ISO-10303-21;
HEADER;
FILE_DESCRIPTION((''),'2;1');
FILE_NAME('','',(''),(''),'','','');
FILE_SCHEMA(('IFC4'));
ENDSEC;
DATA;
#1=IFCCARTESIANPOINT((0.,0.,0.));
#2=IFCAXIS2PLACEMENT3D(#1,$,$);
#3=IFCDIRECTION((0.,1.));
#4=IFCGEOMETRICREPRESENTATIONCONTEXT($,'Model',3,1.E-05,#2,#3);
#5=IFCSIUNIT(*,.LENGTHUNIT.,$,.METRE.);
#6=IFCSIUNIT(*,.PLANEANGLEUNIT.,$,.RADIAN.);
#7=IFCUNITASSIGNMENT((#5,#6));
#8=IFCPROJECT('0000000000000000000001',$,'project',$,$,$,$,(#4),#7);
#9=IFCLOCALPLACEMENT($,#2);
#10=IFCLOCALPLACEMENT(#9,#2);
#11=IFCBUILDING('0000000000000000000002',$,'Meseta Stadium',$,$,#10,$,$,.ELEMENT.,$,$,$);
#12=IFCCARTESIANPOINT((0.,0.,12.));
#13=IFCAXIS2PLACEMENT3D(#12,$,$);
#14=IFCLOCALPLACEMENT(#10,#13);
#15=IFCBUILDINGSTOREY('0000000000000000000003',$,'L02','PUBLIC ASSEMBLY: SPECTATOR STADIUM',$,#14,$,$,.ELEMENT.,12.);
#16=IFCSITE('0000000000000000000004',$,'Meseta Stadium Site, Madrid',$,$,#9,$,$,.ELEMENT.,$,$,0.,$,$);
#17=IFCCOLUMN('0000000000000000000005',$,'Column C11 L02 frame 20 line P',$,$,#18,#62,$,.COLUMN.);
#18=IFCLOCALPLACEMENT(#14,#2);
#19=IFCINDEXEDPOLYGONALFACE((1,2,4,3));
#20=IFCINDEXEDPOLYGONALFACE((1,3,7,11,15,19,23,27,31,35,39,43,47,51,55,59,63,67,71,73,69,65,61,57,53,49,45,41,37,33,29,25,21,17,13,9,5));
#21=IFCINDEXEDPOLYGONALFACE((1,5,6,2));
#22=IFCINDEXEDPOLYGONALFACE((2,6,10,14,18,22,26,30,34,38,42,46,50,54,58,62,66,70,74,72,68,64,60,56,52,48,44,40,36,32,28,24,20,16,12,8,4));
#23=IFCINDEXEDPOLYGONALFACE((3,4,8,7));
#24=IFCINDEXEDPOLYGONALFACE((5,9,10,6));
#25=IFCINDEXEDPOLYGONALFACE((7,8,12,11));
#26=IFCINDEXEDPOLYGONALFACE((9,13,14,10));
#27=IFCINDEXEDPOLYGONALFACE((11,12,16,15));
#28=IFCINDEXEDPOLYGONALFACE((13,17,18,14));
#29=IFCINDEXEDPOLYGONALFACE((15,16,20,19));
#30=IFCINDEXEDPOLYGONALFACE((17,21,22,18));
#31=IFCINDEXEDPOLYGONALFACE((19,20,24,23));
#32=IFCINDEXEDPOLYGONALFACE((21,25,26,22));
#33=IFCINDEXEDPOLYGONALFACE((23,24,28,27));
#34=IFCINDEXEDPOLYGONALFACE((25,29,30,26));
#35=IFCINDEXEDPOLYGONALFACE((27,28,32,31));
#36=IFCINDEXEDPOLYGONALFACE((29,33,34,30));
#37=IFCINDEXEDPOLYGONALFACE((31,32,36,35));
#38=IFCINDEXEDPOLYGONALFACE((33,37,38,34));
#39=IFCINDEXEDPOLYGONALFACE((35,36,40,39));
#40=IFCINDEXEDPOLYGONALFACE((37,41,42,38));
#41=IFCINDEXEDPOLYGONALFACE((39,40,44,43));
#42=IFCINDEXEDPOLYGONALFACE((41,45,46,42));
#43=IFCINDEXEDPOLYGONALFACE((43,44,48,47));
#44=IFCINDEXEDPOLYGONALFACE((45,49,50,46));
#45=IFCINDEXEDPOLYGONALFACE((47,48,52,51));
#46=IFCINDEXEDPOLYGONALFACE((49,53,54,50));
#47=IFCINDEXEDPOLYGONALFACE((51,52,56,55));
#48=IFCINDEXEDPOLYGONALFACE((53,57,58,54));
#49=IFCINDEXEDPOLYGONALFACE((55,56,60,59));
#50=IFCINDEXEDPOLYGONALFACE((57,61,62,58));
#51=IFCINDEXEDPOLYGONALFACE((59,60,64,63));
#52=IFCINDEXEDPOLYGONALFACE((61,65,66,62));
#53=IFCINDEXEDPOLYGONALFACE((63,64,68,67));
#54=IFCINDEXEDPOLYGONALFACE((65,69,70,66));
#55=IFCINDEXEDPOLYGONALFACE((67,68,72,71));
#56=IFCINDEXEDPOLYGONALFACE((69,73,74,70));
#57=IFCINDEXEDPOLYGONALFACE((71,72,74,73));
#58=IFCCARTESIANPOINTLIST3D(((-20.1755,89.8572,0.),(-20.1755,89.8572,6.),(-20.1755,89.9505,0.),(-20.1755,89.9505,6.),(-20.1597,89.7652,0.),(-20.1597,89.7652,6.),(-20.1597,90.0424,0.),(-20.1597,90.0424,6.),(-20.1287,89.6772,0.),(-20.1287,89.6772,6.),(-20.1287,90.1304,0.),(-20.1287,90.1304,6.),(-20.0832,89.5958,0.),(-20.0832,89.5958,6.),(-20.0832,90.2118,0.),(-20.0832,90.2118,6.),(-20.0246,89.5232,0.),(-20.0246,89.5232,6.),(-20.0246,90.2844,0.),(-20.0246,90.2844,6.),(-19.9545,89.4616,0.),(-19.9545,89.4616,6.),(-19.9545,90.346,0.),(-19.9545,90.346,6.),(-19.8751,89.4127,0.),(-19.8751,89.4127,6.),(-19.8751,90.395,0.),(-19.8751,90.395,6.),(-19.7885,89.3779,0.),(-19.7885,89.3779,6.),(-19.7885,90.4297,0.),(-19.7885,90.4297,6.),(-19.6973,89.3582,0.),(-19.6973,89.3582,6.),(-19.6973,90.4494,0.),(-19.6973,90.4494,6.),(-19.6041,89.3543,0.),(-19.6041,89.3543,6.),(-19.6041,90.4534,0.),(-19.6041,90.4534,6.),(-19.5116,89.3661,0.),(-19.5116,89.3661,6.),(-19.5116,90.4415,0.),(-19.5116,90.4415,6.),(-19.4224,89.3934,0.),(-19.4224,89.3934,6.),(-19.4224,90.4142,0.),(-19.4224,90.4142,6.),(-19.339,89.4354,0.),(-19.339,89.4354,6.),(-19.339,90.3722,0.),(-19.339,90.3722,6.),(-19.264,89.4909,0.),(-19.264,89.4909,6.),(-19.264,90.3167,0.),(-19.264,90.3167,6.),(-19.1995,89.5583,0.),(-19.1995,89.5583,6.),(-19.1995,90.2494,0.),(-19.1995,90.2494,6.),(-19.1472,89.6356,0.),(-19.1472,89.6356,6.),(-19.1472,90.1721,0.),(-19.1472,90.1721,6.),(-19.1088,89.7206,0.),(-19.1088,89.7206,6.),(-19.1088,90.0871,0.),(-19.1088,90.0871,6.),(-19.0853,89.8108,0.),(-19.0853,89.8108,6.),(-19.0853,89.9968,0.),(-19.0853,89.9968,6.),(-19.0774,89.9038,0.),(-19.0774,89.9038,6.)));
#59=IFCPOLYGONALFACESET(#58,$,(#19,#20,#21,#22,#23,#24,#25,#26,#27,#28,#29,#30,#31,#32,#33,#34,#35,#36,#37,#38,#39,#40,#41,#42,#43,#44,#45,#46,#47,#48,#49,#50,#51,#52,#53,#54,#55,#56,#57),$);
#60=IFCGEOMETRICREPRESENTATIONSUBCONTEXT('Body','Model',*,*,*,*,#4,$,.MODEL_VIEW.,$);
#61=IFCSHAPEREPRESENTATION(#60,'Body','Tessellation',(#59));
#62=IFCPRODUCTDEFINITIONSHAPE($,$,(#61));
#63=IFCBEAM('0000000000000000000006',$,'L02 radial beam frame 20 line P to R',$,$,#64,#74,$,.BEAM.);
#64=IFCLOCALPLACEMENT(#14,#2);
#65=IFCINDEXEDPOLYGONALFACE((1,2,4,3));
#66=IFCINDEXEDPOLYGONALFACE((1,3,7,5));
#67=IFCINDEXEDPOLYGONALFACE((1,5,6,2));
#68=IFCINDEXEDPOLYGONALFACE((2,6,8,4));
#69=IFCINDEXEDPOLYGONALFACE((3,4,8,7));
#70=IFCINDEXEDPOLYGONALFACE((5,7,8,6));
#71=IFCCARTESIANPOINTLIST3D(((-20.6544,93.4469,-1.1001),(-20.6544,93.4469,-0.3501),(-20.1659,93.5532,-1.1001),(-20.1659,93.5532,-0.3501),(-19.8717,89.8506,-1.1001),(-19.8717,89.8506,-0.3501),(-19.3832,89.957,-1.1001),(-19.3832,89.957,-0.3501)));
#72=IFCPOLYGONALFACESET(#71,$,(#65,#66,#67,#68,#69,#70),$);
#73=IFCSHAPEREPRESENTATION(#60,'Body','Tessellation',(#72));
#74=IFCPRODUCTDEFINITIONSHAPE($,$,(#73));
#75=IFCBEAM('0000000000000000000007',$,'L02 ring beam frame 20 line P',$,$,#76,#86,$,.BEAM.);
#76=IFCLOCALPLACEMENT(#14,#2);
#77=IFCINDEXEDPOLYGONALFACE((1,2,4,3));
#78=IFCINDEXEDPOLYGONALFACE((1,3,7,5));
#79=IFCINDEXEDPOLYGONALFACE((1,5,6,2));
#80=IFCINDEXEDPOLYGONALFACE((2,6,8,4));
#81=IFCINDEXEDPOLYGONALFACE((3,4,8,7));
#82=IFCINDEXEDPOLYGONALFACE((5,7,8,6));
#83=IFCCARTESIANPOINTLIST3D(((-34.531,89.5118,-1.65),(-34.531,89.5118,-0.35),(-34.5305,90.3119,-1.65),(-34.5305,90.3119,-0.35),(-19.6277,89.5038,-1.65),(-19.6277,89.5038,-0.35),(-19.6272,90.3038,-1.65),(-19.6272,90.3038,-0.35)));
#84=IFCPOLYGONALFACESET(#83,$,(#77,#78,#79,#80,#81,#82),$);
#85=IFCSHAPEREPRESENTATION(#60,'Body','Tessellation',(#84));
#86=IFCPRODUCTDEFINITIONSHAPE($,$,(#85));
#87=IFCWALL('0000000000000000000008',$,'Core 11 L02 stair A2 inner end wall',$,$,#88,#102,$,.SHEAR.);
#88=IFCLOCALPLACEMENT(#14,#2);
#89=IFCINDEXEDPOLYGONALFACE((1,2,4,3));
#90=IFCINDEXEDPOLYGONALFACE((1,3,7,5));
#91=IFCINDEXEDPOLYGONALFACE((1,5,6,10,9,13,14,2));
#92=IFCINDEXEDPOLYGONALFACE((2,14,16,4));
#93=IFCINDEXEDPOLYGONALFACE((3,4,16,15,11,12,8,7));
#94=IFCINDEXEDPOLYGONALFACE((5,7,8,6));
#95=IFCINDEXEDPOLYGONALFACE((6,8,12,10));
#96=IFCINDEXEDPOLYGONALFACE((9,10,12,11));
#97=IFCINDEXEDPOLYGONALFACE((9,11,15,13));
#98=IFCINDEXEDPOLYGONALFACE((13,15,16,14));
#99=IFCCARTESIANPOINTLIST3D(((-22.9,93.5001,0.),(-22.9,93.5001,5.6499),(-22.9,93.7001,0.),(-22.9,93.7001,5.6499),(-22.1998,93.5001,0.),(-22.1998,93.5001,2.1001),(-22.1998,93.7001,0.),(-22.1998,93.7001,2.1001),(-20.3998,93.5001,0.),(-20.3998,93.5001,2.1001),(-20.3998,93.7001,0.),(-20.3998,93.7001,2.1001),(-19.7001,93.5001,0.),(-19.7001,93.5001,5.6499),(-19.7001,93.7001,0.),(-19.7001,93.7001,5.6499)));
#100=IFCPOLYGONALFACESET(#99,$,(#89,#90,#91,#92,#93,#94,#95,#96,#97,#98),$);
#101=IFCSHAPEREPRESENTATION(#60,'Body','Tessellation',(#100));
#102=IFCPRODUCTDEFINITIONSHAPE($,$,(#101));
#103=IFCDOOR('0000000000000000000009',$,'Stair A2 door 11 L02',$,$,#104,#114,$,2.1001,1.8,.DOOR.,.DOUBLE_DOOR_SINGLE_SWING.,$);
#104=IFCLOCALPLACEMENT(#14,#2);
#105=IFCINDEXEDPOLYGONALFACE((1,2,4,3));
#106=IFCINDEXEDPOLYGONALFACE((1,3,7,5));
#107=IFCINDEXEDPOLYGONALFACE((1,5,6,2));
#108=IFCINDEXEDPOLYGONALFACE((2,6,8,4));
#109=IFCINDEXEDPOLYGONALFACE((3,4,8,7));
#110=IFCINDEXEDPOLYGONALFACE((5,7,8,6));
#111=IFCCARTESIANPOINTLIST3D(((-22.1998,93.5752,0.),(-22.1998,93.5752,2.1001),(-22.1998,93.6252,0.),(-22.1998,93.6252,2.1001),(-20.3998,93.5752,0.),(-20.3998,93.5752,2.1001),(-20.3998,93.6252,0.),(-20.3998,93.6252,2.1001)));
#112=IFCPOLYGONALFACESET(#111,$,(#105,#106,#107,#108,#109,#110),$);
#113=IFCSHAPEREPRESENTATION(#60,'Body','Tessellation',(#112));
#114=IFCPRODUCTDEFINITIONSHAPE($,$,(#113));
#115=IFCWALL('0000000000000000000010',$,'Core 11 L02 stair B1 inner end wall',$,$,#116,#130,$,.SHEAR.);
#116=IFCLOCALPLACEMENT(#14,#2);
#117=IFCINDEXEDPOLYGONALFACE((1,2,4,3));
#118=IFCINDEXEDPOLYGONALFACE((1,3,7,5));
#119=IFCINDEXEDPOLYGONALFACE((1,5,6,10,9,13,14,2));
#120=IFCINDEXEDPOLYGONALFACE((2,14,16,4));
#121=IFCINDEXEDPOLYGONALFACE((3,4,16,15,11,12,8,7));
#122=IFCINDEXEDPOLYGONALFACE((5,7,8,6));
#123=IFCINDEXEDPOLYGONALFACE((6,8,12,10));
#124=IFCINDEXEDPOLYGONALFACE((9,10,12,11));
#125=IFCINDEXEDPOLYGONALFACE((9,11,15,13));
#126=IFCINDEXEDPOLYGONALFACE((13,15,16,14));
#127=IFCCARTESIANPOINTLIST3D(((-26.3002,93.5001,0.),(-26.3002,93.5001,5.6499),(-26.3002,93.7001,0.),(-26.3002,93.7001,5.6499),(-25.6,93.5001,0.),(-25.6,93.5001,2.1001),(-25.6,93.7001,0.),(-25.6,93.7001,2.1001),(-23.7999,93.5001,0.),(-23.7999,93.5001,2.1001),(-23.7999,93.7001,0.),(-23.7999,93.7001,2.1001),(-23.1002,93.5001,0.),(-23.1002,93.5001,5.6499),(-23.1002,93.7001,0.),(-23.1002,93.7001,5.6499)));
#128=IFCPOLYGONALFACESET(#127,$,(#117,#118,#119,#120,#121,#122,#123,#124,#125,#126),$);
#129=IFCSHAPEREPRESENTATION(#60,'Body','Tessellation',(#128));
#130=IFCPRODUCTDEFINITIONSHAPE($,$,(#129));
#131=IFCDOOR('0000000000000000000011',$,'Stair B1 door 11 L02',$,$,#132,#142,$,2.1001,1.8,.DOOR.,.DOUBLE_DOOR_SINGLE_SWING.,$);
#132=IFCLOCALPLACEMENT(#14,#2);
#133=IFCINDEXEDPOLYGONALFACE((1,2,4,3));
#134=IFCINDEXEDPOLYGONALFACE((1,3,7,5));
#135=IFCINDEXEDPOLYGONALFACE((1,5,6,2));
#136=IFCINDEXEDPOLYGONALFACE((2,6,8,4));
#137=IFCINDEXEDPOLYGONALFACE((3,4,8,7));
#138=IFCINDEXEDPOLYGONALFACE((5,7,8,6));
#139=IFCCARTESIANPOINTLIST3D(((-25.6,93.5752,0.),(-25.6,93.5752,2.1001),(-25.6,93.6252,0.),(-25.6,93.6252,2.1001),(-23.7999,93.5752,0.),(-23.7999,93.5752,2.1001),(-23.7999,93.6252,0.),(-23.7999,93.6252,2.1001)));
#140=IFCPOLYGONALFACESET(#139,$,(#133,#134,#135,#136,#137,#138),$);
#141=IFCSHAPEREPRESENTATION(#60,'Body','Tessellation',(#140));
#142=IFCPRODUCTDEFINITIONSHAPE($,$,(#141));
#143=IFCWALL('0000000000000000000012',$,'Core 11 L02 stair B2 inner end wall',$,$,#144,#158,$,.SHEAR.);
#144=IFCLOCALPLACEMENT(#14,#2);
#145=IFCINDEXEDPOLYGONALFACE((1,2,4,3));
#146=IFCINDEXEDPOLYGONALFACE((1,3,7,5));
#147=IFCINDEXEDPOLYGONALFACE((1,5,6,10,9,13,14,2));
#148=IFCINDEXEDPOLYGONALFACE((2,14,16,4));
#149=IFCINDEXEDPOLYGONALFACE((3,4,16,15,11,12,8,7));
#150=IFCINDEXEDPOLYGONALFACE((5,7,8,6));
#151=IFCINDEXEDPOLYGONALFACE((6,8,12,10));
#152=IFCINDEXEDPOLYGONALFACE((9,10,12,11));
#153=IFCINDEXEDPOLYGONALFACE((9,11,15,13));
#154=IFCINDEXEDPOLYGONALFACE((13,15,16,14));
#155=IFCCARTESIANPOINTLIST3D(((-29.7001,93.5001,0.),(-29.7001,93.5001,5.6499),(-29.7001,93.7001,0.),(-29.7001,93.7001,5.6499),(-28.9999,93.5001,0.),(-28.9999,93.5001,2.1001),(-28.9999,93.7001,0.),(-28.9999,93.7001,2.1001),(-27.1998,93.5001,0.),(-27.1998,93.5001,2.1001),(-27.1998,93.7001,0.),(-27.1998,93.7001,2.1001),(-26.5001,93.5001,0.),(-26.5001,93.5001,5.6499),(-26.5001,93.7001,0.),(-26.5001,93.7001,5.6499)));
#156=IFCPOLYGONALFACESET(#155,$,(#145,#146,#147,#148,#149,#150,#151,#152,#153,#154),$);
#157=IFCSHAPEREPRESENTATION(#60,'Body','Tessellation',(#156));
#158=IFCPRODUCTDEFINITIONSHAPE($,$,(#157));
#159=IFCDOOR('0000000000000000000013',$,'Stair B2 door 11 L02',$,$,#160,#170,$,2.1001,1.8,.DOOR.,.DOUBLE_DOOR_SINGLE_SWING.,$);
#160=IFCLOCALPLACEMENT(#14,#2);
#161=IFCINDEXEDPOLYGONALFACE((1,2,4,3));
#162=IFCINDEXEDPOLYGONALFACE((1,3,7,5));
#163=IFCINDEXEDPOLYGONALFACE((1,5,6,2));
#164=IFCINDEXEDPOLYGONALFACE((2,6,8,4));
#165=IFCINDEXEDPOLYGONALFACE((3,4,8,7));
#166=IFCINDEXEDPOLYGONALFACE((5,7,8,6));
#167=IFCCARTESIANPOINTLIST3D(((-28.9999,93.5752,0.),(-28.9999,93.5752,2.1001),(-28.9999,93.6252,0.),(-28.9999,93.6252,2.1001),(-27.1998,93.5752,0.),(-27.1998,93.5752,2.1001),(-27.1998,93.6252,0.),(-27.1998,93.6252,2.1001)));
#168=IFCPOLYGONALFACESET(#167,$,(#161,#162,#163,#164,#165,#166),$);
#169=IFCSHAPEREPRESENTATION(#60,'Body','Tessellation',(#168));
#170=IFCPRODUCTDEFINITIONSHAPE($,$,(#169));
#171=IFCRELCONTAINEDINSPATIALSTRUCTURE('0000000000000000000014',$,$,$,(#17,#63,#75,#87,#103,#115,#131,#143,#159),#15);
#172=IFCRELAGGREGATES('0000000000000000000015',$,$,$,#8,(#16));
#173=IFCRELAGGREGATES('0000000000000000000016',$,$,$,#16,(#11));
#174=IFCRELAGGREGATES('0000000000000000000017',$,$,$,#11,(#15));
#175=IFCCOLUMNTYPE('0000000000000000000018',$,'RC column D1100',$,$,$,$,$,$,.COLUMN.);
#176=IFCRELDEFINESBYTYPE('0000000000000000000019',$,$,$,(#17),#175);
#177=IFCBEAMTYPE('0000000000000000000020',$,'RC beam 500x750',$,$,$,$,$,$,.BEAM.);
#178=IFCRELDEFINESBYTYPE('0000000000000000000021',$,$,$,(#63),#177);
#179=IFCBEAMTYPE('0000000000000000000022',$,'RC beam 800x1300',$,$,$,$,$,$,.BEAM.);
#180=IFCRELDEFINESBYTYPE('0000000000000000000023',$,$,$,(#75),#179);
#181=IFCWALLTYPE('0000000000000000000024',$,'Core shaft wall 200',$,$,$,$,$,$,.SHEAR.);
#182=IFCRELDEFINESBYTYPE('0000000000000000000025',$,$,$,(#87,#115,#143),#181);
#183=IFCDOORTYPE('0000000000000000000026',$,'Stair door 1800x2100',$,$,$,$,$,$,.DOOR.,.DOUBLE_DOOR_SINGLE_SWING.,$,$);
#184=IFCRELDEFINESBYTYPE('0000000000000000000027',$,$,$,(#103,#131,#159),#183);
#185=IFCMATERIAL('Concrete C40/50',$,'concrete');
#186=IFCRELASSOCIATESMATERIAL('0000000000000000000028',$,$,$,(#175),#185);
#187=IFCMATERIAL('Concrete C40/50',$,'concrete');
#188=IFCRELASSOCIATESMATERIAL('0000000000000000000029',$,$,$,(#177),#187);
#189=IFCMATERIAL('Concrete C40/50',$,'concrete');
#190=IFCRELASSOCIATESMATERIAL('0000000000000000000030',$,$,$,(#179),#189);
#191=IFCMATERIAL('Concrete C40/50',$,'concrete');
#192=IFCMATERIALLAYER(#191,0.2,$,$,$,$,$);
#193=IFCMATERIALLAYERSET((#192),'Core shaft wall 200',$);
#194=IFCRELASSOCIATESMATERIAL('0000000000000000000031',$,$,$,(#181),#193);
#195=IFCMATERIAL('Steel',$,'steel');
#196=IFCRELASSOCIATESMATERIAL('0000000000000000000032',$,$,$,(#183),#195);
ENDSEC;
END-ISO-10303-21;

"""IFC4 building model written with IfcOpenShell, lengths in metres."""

from ifc_helpers import new_model, si_unit, direction, frame, frame_2d, origin, origin_2d, place, context, subcontext, project, spatial, rectangle, circle, extrude, material, layer, layer_set, material_profile, profile_set, type_object, element, fill, save


model = new_model("IFC4")

# Units and contexts
model_context = context("Model", 3, precision=1e-05, world=origin(), true_north=direction((0.0, 1.0)))
body_context = subcontext(model_context, "Body", "Model", "MODEL_VIEW")
ifc_project = project(units=[si_unit("LENGTHUNIT", "METRE"), si_unit("PLANEANGLEUNIT", "RADIAN")], contexts=[model_context])

# Site, building, storey
site_placement = place(None, origin())
site = spatial("IfcSite", under=ifc_project, at=site_placement, Name="Meseta Stadium Site, Madrid", CompositionType="ELEMENT", RefElevation=0.0)
building_placement = place(site_placement, origin())
building = spatial("IfcBuilding", under=site, at=building_placement, Name="Meseta Stadium", CompositionType="ELEMENT")
storey_placement = place(building_placement, frame((0.0, 0.0, 12.0)))
storey = spatial("IfcBuildingStorey", under=building, at=storey_placement, Name="L02", Description="PUBLIC ASSEMBLY: SPECTATOR STADIUM", CompositionType="ELEMENT", Elevation=12.0)

# Column
ifc_material_1 = material(Name="Concrete C40/50", Category="concrete")
ifc_material_profile_1 = material_profile(ifc_material_1, circle(Radius=0.55, at=origin_2d()), Name="RC D1100")
ifc_profile_set_1 = profile_set([ifc_material_profile_1], Name="Concrete C40/50")
column_type = type_object("IfcColumnType", Name="RC column D1100", PredefinedType="COLUMN", material=ifc_profile_set_1)
column_placement = place(storey_placement, frame((-19.6274, 89.9038, 0.0), z_axis=(0.0, 0.0, 1.0), x_axis=(1.0, 0.0, 0.0)))
element("IfcColumn", 1, at=column_placement, inside=storey, type_object=column_type, Name="Column C11 L02 frame 20 line P", PredefinedType="COLUMN", context=body_context, shape_type="SweptSolid", body=[
    extrude(circle(Radius=0.55, at=origin_2d()), origin(), (0.0, 0.0, 1.0), 6.0),
])

# Beams
ifc_material_2 = material(Name="Concrete C40/50", Category="concrete")
ifc_material_profile_2 = material_profile(ifc_material_2, rectangle(XDim=0.5, YDim=0.75, at=origin_2d()), Name="RC 500x750")
ifc_profile_set_2 = profile_set([ifc_material_profile_2], Name="Concrete C40/50")
beam_type_1 = type_object("IfcBeamType", Name="RC beam 500x750", PredefinedType="BEAM", material=ifc_profile_set_2)
beam_1_placement = place(storey_placement, frame((-19.6274, 89.9038, -0.7251), z_axis=(-0.212672, 0.977124, 0.0), x_axis=(-0.977124, -0.212672, 0.0)))
element("IfcBeam", 2, at=beam_1_placement, inside=storey, type_object=beam_type_1, Name="L02 radial beam frame 20 line P to R", PredefinedType="BEAM", context=body_context, shape_type="SweptSolid", body=[
    extrude(rectangle(XDim=0.5, YDim=0.75, at=origin_2d()), origin(), (0.0, 0.0, 1.0), 3.6804),
])
ifc_material_3 = material(Name="Concrete C40/50", Category="concrete")
ifc_material_profile_3 = material_profile(ifc_material_3, rectangle(XDim=0.8, YDim=1.3, at=origin_2d()), Name="RC 800x1300")
ifc_profile_set_3 = profile_set([ifc_material_profile_3], Name="Concrete C40/50")
beam_type_2 = type_object("IfcBeamType", Name="RC beam 800x1300", PredefinedType="BEAM", material=ifc_profile_set_3)
beam_2_placement = place(storey_placement, frame((-19.6274, 89.9038, -1.0), z_axis=(-1.0, 0.000541, 0.0), x_axis=(-0.000541, -1.0, 0.0)))
element("IfcBeam", 3, at=beam_2_placement, inside=storey, type_object=beam_type_2, Name="L02 ring beam frame 20 line P", PredefinedType="BEAM", context=body_context, shape_type="SweptSolid", body=[
    extrude(rectangle(XDim=0.8, YDim=1.3, at=origin_2d()), origin(), (0.0, 0.0, 1.0), 14.9033),
])

# Walls, openings, doors
ifc_material_4 = material(Name="Concrete C40/50", Category="concrete")
ifc_layer_1 = layer(ifc_material_4, 0.2)
ifc_layer_set_1 = layer_set([ifc_layer_1], Name="Core shaft wall 200")
wall_type_1 = type_object("IfcWallType", Name="Core shaft wall 200", PredefinedType="SHEAR", material=ifc_layer_set_1)
wall_1_placement = place(storey_placement, frame((-19.7, 93.6001, 0.0), z_axis=(0.0, 0.0, 1.0), x_axis=(-1.0, 0.0, 0.0)))
wall_1 = element("IfcWall", 4, at=wall_1_placement, inside=storey, type_object=wall_type_1, Name="Core 11 L02 stair A2 inner end wall", PredefinedType="SHEAR", context=body_context, shape_type="SweptSolid", body=[
    extrude(rectangle(XDim=3.2, YDim=0.2, at=frame_2d((1.6001, 0.0))), origin(), (0.0, 0.0, 1.0), 5.6499),
])
opening_1_placement = place(wall_1_placement, frame((0.7, 0.0, 0.0)))
opening_1 = element("IfcOpeningElement", 5, at=opening_1_placement, cuts=wall_1, PredefinedType="OPENING", context=body_context, shape_type="SweptSolid", body=[
    extrude(rectangle(XDim=1.8, YDim=2.1001, at=frame_2d((0.8999, 1.05))), frame((0.0, 0.1099, 0.0), z_axis=(0.0, -1.0, 0.0), x_axis=(1.0, 0.0, 0.0)), (0.0, 0.0, 1.0), 0.22),
])
ifc_material_5 = material(Name="Steel", Category="steel")
door_type_1 = type_object("IfcDoorType", Name="Stair door 1800x2100", OperationType="DOUBLE_DOOR_SINGLE_SWING", PredefinedType="DOOR", material=ifc_material_5)
door_1_placement = place(opening_1_placement, origin())
door_1 = element("IfcDoor", 6, at=door_1_placement, inside=storey, type_object=door_type_1, Name="Stair A2 door 11 L02", OperationType="DOUBLE_DOOR_SINGLE_SWING", OverallHeight=2.1001, OverallWidth=1.8, PredefinedType="DOOR", context=body_context, shape_type="SweptSolid", body=[
    extrude(rectangle(XDim=1.8, YDim=2.1001, at=frame_2d((0.8999, 1.05))), frame((0.0, 0.0249, 0.0), z_axis=(0.0, -1.0, 0.0), x_axis=(1.0, 0.0, 0.0)), (0.0, 0.0, 1.0), 0.05),
])
fill(opening_1, door_1)
wall_2_placement = place(storey_placement, frame((-23.1001, 93.6001, 0.0), z_axis=(0.0, 0.0, 1.0), x_axis=(-1.0, 0.0, 0.0)))
wall_2 = element("IfcWall", 7, at=wall_2_placement, inside=storey, type_object=wall_type_1, Name="Core 11 L02 stair B1 inner end wall", PredefinedType="SHEAR", context=body_context, shape_type="SweptSolid", body=[
    extrude(rectangle(XDim=3.2, YDim=0.2, at=frame_2d((1.6001, 0.0))), origin(), (0.0, 0.0, 1.0), 5.6499),
])
opening_2_placement = place(wall_2_placement, frame((0.7, 0.0, 0.0)))
opening_2 = element("IfcOpeningElement", 8, at=opening_2_placement, cuts=wall_2, PredefinedType="OPENING", context=body_context, shape_type="SweptSolid", body=[
    extrude(rectangle(XDim=1.8, YDim=2.1001, at=frame_2d((0.8999, 1.05))), frame((0.0, 0.1099, 0.0), z_axis=(0.0, -1.0, 0.0), x_axis=(1.0, 0.0, 0.0)), (0.0, 0.0, 1.0), 0.22),
])
door_2_placement = place(opening_2_placement, origin())
door_2 = element("IfcDoor", 9, at=door_2_placement, inside=storey, type_object=door_type_1, Name="Stair B1 door 11 L02", OperationType="DOUBLE_DOOR_SINGLE_SWING", OverallHeight=2.1001, OverallWidth=1.8, PredefinedType="DOOR", context=body_context, shape_type="SweptSolid", body=[
    extrude(rectangle(XDim=1.8, YDim=2.1001, at=frame_2d((0.8999, 1.05))), frame((0.0, 0.0249, 0.0), z_axis=(0.0, -1.0, 0.0), x_axis=(1.0, 0.0, 0.0)), (0.0, 0.0, 1.0), 0.05),
])
fill(opening_2, door_2)
wall_3_placement = place(storey_placement, frame((-26.5, 93.6001, 0.0), z_axis=(0.0, 0.0, 1.0), x_axis=(-1.0, 0.0, 0.0)))
wall_3 = element("IfcWall", 10, at=wall_3_placement, inside=storey, type_object=wall_type_1, Name="Core 11 L02 stair B2 inner end wall", PredefinedType="SHEAR", context=body_context, shape_type="SweptSolid", body=[
    extrude(rectangle(XDim=3.2, YDim=0.2, at=frame_2d((1.6001, 0.0))), origin(), (0.0, 0.0, 1.0), 5.6499),
])
opening_3_placement = place(wall_3_placement, frame((0.7, 0.0, 0.0)))
opening_3 = element("IfcOpeningElement", 11, at=opening_3_placement, cuts=wall_3, PredefinedType="OPENING", context=body_context, shape_type="SweptSolid", body=[
    extrude(rectangle(XDim=1.8, YDim=2.1001, at=frame_2d((0.8999, 1.05))), frame((0.0, 0.1099, 0.0), z_axis=(0.0, -1.0, 0.0), x_axis=(1.0, 0.0, 0.0)), (0.0, 0.0, 1.0), 0.22),
])
door_3_placement = place(opening_3_placement, origin())
door_3 = element("IfcDoor", 12, at=door_3_placement, inside=storey, type_object=door_type_1, Name="Stair B2 door 11 L02", OperationType="DOUBLE_DOOR_SINGLE_SWING", OverallHeight=2.1001, OverallWidth=1.8, PredefinedType="DOOR", context=body_context, shape_type="SweptSolid", body=[
    extrude(rectangle(XDim=1.8, YDim=2.1001, at=frame_2d((0.8999, 1.05))), frame((0.0, 0.0249, 0.0), z_axis=(0.0, -1.0, 0.0), x_axis=(1.0, 0.0, 0.0)), (0.0, 0.0, 1.0), 0.05),
])
fill(opening_3, door_3)

save(model, "model.ifc")
